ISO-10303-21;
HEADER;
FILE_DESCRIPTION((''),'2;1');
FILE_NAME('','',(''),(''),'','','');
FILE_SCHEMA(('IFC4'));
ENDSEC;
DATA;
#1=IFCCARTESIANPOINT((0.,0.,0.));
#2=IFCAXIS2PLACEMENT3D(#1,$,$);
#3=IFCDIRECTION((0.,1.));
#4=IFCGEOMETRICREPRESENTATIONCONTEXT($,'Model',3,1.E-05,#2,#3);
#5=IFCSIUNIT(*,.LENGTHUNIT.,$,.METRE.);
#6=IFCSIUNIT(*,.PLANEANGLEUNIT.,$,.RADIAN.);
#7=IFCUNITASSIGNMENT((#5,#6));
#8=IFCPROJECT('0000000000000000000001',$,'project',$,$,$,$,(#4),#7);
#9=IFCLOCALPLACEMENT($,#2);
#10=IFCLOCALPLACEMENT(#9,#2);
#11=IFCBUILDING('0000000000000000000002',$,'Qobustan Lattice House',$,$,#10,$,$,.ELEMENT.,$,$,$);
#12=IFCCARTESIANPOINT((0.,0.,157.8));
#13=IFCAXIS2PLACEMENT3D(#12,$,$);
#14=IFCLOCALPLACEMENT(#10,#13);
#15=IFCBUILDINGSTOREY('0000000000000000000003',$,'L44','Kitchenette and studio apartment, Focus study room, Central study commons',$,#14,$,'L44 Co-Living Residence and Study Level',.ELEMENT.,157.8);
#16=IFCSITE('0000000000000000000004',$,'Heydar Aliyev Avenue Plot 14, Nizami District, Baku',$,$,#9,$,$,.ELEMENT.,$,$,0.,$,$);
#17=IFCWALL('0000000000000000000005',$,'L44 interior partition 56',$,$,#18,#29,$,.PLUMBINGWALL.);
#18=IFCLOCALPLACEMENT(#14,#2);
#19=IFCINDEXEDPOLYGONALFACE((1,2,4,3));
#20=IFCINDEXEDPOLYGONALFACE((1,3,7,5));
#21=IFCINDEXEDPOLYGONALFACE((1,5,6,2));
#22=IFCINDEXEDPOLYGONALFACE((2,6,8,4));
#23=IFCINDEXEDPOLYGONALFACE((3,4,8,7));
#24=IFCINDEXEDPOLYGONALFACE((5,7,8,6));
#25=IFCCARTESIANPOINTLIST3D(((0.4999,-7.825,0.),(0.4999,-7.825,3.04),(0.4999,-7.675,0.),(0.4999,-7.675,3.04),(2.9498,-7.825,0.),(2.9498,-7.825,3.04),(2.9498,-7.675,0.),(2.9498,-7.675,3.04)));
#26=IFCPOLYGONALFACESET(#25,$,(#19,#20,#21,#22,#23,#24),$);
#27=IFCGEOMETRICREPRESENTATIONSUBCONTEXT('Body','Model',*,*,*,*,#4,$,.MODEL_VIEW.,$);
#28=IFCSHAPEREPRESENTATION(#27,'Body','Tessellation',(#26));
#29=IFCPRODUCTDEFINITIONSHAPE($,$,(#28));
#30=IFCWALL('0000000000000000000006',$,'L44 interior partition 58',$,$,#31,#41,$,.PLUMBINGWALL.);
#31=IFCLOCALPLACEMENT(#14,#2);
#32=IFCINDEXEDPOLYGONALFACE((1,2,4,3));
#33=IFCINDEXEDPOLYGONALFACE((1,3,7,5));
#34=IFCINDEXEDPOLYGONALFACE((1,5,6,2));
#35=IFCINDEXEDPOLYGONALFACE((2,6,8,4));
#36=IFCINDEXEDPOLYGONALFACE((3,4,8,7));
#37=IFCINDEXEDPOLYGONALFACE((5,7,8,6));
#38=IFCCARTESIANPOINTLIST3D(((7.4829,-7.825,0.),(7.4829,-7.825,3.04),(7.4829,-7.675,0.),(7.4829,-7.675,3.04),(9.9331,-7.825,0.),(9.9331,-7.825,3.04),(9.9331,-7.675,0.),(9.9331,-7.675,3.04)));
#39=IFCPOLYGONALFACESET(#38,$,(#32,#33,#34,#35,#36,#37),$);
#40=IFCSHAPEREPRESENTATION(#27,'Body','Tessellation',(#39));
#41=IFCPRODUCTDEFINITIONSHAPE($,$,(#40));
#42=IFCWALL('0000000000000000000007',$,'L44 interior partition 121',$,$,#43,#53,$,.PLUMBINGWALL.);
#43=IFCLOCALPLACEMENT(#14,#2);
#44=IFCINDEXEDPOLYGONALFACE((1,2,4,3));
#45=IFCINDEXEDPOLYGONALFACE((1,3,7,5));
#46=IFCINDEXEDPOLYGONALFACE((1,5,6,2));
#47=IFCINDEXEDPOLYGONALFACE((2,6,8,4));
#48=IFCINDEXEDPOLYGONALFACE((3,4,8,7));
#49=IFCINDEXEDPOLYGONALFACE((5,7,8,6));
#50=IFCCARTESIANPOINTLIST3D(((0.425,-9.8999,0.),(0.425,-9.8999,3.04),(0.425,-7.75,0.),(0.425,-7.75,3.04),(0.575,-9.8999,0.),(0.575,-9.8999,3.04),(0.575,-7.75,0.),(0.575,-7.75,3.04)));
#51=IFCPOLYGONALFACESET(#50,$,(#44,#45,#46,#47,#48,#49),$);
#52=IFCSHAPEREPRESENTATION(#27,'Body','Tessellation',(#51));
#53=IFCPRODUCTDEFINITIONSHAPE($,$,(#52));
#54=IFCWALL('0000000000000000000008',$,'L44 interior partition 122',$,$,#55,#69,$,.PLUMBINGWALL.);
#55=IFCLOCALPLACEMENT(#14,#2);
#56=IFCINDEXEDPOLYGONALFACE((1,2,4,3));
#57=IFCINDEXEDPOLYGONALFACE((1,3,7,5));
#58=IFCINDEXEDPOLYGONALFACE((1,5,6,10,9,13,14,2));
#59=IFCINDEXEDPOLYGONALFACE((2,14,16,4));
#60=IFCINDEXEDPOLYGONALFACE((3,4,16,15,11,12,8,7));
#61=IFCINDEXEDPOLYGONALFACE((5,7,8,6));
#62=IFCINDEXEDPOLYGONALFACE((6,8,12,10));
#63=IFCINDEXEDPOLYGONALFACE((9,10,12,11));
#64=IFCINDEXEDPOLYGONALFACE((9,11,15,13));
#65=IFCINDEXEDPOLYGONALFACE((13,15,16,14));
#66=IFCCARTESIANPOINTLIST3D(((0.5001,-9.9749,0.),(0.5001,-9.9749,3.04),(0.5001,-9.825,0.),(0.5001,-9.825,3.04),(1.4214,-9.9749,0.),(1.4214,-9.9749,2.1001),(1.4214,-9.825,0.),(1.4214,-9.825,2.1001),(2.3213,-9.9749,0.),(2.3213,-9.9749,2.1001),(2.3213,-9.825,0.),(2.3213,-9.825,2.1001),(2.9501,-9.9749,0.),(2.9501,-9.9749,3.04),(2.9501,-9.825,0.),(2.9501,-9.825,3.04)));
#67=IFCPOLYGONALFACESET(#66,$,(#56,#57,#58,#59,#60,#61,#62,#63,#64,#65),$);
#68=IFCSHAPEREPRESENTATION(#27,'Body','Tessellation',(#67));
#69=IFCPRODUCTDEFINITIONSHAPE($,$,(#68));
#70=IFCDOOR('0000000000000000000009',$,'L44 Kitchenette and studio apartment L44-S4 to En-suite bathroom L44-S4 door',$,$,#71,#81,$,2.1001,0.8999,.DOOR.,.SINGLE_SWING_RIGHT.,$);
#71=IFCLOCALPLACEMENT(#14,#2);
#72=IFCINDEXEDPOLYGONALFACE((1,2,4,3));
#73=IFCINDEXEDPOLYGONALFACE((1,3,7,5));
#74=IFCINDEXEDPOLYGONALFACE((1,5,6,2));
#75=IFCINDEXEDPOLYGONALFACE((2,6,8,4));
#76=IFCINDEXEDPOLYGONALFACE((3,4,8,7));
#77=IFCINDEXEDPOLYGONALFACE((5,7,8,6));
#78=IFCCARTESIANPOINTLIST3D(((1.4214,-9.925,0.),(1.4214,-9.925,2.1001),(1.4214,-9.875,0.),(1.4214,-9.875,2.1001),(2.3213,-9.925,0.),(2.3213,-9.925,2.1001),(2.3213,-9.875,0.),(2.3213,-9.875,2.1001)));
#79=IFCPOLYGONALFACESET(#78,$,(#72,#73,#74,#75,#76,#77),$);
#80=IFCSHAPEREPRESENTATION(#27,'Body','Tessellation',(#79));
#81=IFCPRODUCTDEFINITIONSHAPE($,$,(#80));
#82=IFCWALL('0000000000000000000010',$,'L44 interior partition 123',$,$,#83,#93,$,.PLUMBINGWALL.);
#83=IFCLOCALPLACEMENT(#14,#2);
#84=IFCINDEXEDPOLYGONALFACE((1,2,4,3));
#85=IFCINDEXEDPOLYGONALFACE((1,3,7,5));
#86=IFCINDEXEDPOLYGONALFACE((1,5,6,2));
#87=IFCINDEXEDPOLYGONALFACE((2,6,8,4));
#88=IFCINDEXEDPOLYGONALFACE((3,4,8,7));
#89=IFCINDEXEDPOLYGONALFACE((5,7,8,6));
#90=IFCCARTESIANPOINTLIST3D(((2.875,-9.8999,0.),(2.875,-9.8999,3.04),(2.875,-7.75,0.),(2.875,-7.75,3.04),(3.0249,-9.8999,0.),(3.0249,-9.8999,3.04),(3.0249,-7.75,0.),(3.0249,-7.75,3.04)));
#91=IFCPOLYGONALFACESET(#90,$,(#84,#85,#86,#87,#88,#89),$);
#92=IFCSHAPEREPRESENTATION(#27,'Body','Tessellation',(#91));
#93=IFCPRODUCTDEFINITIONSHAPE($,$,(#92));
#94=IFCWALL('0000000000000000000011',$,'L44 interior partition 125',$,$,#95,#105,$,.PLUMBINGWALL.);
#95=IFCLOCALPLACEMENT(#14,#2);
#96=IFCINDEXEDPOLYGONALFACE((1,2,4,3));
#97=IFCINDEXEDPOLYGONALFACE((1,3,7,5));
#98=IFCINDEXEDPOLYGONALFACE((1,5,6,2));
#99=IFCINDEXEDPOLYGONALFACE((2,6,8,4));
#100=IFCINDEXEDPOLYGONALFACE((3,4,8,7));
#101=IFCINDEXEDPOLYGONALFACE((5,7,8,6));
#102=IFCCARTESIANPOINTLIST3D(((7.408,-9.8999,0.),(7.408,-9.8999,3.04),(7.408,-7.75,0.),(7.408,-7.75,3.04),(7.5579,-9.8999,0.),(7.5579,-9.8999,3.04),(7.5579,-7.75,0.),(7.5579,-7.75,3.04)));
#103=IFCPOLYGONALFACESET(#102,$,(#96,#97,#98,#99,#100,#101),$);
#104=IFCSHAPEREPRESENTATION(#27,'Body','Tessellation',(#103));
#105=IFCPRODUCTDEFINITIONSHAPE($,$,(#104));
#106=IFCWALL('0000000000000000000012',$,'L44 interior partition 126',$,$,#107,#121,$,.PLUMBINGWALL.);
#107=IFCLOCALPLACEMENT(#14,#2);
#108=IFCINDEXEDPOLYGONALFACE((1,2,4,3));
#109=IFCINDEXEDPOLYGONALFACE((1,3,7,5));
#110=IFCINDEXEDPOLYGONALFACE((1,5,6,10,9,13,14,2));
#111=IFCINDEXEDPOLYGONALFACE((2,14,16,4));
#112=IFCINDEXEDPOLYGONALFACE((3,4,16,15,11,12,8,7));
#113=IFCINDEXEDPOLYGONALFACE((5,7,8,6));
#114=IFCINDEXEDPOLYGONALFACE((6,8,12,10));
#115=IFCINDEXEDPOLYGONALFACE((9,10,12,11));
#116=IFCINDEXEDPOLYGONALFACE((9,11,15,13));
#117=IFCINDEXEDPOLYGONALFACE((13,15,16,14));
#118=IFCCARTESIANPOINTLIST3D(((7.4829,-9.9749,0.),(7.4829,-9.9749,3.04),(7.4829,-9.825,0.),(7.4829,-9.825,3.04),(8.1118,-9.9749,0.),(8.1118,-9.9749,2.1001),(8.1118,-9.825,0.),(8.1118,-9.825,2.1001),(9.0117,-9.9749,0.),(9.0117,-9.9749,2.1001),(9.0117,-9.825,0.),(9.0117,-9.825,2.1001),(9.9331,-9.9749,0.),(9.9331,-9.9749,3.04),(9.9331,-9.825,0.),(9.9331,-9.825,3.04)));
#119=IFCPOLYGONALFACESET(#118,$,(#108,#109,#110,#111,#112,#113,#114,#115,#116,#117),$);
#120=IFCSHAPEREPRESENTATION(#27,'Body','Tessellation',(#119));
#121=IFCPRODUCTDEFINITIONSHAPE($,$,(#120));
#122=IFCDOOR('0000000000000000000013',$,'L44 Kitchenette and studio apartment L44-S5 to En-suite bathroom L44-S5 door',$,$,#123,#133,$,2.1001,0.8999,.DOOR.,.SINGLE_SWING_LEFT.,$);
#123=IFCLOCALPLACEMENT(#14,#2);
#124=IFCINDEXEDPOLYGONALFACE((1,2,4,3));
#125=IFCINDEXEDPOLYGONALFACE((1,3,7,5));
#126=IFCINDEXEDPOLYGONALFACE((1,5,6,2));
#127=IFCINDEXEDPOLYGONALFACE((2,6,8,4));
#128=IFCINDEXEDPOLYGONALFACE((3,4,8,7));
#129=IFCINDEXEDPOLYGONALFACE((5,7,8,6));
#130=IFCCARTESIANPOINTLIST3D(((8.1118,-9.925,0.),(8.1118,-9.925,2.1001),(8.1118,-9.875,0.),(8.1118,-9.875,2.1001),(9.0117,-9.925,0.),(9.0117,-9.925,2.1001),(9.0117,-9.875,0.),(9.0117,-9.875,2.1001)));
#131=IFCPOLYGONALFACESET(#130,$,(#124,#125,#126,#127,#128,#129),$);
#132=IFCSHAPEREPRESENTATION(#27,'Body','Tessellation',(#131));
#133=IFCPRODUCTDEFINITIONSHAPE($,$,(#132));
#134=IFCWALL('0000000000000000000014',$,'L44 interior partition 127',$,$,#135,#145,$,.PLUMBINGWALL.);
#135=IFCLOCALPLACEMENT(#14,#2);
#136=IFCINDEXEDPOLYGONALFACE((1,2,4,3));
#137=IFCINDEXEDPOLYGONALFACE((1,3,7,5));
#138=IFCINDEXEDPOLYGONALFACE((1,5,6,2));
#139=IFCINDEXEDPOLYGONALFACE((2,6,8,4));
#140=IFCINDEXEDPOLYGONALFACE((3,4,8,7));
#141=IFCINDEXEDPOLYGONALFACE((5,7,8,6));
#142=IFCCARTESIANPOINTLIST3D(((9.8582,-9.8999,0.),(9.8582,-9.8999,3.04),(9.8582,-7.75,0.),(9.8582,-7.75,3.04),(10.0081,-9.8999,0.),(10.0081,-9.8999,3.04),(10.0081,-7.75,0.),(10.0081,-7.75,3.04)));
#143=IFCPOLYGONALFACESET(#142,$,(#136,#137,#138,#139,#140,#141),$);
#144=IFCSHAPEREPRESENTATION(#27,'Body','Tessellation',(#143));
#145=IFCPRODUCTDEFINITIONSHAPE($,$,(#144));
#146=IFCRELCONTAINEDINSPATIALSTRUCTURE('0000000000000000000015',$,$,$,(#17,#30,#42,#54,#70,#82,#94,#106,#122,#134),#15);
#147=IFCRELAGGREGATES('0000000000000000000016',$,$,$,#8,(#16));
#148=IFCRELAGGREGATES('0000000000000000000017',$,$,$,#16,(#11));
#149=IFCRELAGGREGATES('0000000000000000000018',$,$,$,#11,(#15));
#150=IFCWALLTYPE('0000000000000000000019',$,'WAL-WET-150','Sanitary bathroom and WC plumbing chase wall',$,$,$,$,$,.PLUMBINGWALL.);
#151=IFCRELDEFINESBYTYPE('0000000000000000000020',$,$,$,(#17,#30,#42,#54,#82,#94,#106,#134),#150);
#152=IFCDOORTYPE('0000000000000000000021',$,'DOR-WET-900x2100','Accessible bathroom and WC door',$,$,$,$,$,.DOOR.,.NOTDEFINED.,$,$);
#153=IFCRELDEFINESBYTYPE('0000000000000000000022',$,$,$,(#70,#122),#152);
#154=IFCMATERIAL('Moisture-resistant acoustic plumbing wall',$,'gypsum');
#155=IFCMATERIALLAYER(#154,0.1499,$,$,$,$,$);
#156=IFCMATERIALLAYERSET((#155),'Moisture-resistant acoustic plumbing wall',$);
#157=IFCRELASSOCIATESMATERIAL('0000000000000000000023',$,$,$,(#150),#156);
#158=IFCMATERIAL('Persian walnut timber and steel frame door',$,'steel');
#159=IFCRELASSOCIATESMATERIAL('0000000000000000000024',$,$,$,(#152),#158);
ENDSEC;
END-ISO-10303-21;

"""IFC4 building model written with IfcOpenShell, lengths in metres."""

from ifc_helpers import new_model, si_unit, direction, frame, frame_2d, origin, place, context, subcontext, project, spatial, rectangle, extrude, material, layer, layer_set, type_object, element, fill, save


model = new_model("IFC4")

# Units and contexts
model_context = context("Model", 3, precision=1e-05, world=origin(), true_north=direction((0.0, 1.0)))
body_context = subcontext(model_context, "Body", "Model", "MODEL_VIEW")
ifc_project = project(units=[si_unit("LENGTHUNIT", "METRE"), si_unit("PLANEANGLEUNIT", "RADIAN")], contexts=[model_context])

# Site, building, storey
site_placement = place(None, origin())
site = spatial("IfcSite", under=ifc_project, at=site_placement, Name="Heydar Aliyev Avenue Plot 14, Nizami District, Baku", CompositionType="ELEMENT", RefElevation=0.0)
building_placement = place(site_placement, origin())
building = spatial("IfcBuilding", under=site, at=building_placement, Name="Qobustan Lattice House", CompositionType="ELEMENT")
storey_placement = place(building_placement, frame((0.0, 0.0, 157.8)))
storey = spatial("IfcBuildingStorey", under=building, at=storey_placement, Name="L44", Description="Kitchenette and studio apartment, Focus study room, Central study commons", LongName="L44 Co-Living Residence and Study Level", CompositionType="ELEMENT", Elevation=157.8)

# Walls
ifc_material_1 = material(Name="Moisture-resistant acoustic plumbing wall", Category="gypsum")
ifc_layer_1 = layer(ifc_material_1, 0.1499)
ifc_layer_set_1 = layer_set([ifc_layer_1], Name="Moisture-resistant acoustic plumbing wall")
wall_type_1 = type_object("IfcWallType", Name="WAL-WET-150", Description="Sanitary bathroom and WC plumbing chase wall", PredefinedType="PLUMBINGWALL", material=ifc_layer_set_1)
wall_1_placement = place(storey_placement, frame((2.95, -7.75, 0.0), z_axis=(0.0, 0.0, 1.0), x_axis=(-1.0, 0.0, 0.0)))
element("IfcWall", 1, at=wall_1_placement, inside=storey, type_object=wall_type_1, Name="L44 interior partition 56", PredefinedType="PLUMBINGWALL", context=body_context, shape_type="SweptSolid", body=[
    extrude(rectangle(XDim=2.45, YDim=0.1499, at=frame_2d((1.2251, 0.0))), origin(), (0.0, 0.0, 1.0), 3.04),
])
wall_2_placement = place(storey_placement, frame((9.9331, -7.75, 0.0), z_axis=(0.0, 0.0, 1.0), x_axis=(-1.0, 0.0, 0.0)))
element("IfcWall", 2, at=wall_2_placement, inside=storey, type_object=wall_type_1, Name="L44 interior partition 58", PredefinedType="PLUMBINGWALL", context=body_context, shape_type="SweptSolid", body=[
    extrude(rectangle(XDim=2.4502, YDim=0.1499, at=frame_2d((1.2251, 0.0))), origin(), (0.0, 0.0, 1.0), 3.04),
])
wall_3_placement = place(storey_placement, frame((0.5, -7.75, 0.0), z_axis=(0.0, 0.0, 1.0), x_axis=(0.0, -1.0, 0.0)))
element("IfcWall", 3, at=wall_3_placement, inside=storey, type_object=wall_type_1, Name="L44 interior partition 121", PredefinedType="PLUMBINGWALL", context=body_context, shape_type="SweptSolid", body=[
    extrude(rectangle(XDim=2.1499, YDim=0.1499, at=frame_2d((1.075, 0.0))), origin(), (0.0, 0.0, 1.0), 3.04),
])

# Wall, opening, door
wall_4_placement = place(storey_placement, frame((0.5, -9.8999, 0.0), z_axis=(0.0, 0.0, 1.0), x_axis=(1.0, 0.0, 0.0)))
wall_4 = element("IfcWall", 4, at=wall_4_placement, inside=storey, type_object=wall_type_1, Name="L44 interior partition 122", PredefinedType="PLUMBINGWALL", context=body_context, shape_type="SweptSolid", body=[
    extrude(rectangle(XDim=2.45, YDim=0.1499, at=frame_2d((1.2251, 0.0))), origin(), (0.0, 0.0, 1.0), 3.04),
])
opening_1_placement = place(wall_4_placement, frame((0.9214, 0.0, 0.0)))
opening_1 = element("IfcOpeningElement", 5, at=opening_1_placement, cuts=wall_4, PredefinedType="OPENING", context=body_context, shape_type="SweptSolid", body=[
    extrude(rectangle(XDim=0.8999, YDim=2.1001, at=frame_2d((0.45, 1.05))), frame((0.0, 0.085, 0.0), z_axis=(0.0, -1.0, 0.0), x_axis=(1.0, 0.0, 0.0)), (0.0, 0.0, 1.0), 0.1699),
])
ifc_material_2 = material(Name="Persian walnut timber and steel frame door", Category="steel")
door_type_1 = type_object("IfcDoorType", Name="DOR-WET-900x2100", Description="Accessible bathroom and WC door", OperationType="NOTDEFINED", PredefinedType="DOOR", material=ifc_material_2)
door_1_placement = place(opening_1_placement, origin())
door_1 = element("IfcDoor", 6, at=door_1_placement, inside=storey, type_object=door_type_1, Name="L44 Kitchenette and studio apartment L44-S4 to En-suite bathroom L44-S4 door", OperationType="SINGLE_SWING_RIGHT", OverallHeight=2.1001, OverallWidth=0.8999, PredefinedType="DOOR", context=body_context, shape_type="SweptSolid", body=[
    extrude(rectangle(XDim=0.8999, YDim=2.1001, at=frame_2d((0.45, 1.05))), frame((0.0, 0.0249, 0.0), z_axis=(0.0, -1.0, 0.0), x_axis=(1.0, 0.0, 0.0)), (0.0, 0.0, 1.0), 0.05),
])
fill(opening_1, door_1)

# Walls
for number, where, z_axis, x_axis, name in (
    (7, (2.95, -9.8999, 0.0), (0.0, 0.0, 1.0), (0.0, 1.0, 0.0), "L44 interior partition 123"),
    (8, (7.4829, -7.75, 0.0), (0.0, 0.0, 1.0), (0.0, -1.0, 0.0), "L44 interior partition 125"),
):
    element("IfcWall", number, at=place(storey_placement, frame(where, z_axis=z_axis, x_axis=x_axis)), inside=storey, type_object=wall_type_1, Name=name, PredefinedType="PLUMBINGWALL", context=body_context, shape_type="SweptSolid", body=[
        extrude(rectangle(XDim=2.1499, YDim=0.1499, at=frame_2d((1.075, 0.0))), origin(), (0.0, 0.0, 1.0), 3.04),
    ])

# Wall, opening, door
wall_5_placement = place(storey_placement, frame((7.4829, -9.8999, 0.0), z_axis=(0.0, 0.0, 1.0), x_axis=(1.0, 0.0, 0.0)))
wall_5 = element("IfcWall", 9, at=wall_5_placement, inside=storey, type_object=wall_type_1, Name="L44 interior partition 126", PredefinedType="PLUMBINGWALL", context=body_context, shape_type="SweptSolid", body=[
    extrude(rectangle(XDim=2.4502, YDim=0.1499, at=frame_2d((1.2251, 0.0))), origin(), (0.0, 0.0, 1.0), 3.04),
])
opening_2_placement = place(wall_5_placement, frame((0.6289, 0.0, 0.0)))
opening_2 = element("IfcOpeningElement", 10, at=opening_2_placement, cuts=wall_5, PredefinedType="OPENING", context=body_context, shape_type="SweptSolid", body=[
    extrude(rectangle(XDim=0.8999, YDim=2.1001, at=frame_2d((0.45, 1.05))), frame((0.0, 0.085, 0.0), z_axis=(0.0, -1.0, 0.0), x_axis=(1.0, 0.0, 0.0)), (0.0, 0.0, 1.0), 0.1699),
])
door_2_placement = place(opening_2_placement, origin())
door_2 = element("IfcDoor", 11, at=door_2_placement, inside=storey, type_object=door_type_1, Name="L44 Kitchenette and studio apartment L44-S5 to En-suite bathroom L44-S5 door", OperationType="SINGLE_SWING_LEFT", OverallHeight=2.1001, OverallWidth=0.8999, PredefinedType="DOOR", context=body_context, shape_type="SweptSolid", body=[
    extrude(rectangle(XDim=0.8999, YDim=2.1001, at=frame_2d((0.45, 1.05))), frame((0.0, 0.0249, 0.0), z_axis=(0.0, -1.0, 0.0), x_axis=(1.0, 0.0, 0.0)), (0.0, 0.0, 1.0), 0.05),
])
fill(opening_2, door_2)

# Wall
wall_6_placement = place(storey_placement, frame((9.9331, -9.8999, 0.0), z_axis=(0.0, 0.0, 1.0), x_axis=(0.0, 1.0, 0.0)))
element("IfcWall", 12, at=wall_6_placement, inside=storey, type_object=wall_type_1, Name="L44 interior partition 127", PredefinedType="PLUMBINGWALL", context=body_context, shape_type="SweptSolid", body=[
    extrude(rectangle(XDim=2.1499, YDim=0.1499, at=frame_2d((1.075, 0.0))), origin(), (0.0, 0.0, 1.0), 3.04),
])

save(model, "model.ifc")
